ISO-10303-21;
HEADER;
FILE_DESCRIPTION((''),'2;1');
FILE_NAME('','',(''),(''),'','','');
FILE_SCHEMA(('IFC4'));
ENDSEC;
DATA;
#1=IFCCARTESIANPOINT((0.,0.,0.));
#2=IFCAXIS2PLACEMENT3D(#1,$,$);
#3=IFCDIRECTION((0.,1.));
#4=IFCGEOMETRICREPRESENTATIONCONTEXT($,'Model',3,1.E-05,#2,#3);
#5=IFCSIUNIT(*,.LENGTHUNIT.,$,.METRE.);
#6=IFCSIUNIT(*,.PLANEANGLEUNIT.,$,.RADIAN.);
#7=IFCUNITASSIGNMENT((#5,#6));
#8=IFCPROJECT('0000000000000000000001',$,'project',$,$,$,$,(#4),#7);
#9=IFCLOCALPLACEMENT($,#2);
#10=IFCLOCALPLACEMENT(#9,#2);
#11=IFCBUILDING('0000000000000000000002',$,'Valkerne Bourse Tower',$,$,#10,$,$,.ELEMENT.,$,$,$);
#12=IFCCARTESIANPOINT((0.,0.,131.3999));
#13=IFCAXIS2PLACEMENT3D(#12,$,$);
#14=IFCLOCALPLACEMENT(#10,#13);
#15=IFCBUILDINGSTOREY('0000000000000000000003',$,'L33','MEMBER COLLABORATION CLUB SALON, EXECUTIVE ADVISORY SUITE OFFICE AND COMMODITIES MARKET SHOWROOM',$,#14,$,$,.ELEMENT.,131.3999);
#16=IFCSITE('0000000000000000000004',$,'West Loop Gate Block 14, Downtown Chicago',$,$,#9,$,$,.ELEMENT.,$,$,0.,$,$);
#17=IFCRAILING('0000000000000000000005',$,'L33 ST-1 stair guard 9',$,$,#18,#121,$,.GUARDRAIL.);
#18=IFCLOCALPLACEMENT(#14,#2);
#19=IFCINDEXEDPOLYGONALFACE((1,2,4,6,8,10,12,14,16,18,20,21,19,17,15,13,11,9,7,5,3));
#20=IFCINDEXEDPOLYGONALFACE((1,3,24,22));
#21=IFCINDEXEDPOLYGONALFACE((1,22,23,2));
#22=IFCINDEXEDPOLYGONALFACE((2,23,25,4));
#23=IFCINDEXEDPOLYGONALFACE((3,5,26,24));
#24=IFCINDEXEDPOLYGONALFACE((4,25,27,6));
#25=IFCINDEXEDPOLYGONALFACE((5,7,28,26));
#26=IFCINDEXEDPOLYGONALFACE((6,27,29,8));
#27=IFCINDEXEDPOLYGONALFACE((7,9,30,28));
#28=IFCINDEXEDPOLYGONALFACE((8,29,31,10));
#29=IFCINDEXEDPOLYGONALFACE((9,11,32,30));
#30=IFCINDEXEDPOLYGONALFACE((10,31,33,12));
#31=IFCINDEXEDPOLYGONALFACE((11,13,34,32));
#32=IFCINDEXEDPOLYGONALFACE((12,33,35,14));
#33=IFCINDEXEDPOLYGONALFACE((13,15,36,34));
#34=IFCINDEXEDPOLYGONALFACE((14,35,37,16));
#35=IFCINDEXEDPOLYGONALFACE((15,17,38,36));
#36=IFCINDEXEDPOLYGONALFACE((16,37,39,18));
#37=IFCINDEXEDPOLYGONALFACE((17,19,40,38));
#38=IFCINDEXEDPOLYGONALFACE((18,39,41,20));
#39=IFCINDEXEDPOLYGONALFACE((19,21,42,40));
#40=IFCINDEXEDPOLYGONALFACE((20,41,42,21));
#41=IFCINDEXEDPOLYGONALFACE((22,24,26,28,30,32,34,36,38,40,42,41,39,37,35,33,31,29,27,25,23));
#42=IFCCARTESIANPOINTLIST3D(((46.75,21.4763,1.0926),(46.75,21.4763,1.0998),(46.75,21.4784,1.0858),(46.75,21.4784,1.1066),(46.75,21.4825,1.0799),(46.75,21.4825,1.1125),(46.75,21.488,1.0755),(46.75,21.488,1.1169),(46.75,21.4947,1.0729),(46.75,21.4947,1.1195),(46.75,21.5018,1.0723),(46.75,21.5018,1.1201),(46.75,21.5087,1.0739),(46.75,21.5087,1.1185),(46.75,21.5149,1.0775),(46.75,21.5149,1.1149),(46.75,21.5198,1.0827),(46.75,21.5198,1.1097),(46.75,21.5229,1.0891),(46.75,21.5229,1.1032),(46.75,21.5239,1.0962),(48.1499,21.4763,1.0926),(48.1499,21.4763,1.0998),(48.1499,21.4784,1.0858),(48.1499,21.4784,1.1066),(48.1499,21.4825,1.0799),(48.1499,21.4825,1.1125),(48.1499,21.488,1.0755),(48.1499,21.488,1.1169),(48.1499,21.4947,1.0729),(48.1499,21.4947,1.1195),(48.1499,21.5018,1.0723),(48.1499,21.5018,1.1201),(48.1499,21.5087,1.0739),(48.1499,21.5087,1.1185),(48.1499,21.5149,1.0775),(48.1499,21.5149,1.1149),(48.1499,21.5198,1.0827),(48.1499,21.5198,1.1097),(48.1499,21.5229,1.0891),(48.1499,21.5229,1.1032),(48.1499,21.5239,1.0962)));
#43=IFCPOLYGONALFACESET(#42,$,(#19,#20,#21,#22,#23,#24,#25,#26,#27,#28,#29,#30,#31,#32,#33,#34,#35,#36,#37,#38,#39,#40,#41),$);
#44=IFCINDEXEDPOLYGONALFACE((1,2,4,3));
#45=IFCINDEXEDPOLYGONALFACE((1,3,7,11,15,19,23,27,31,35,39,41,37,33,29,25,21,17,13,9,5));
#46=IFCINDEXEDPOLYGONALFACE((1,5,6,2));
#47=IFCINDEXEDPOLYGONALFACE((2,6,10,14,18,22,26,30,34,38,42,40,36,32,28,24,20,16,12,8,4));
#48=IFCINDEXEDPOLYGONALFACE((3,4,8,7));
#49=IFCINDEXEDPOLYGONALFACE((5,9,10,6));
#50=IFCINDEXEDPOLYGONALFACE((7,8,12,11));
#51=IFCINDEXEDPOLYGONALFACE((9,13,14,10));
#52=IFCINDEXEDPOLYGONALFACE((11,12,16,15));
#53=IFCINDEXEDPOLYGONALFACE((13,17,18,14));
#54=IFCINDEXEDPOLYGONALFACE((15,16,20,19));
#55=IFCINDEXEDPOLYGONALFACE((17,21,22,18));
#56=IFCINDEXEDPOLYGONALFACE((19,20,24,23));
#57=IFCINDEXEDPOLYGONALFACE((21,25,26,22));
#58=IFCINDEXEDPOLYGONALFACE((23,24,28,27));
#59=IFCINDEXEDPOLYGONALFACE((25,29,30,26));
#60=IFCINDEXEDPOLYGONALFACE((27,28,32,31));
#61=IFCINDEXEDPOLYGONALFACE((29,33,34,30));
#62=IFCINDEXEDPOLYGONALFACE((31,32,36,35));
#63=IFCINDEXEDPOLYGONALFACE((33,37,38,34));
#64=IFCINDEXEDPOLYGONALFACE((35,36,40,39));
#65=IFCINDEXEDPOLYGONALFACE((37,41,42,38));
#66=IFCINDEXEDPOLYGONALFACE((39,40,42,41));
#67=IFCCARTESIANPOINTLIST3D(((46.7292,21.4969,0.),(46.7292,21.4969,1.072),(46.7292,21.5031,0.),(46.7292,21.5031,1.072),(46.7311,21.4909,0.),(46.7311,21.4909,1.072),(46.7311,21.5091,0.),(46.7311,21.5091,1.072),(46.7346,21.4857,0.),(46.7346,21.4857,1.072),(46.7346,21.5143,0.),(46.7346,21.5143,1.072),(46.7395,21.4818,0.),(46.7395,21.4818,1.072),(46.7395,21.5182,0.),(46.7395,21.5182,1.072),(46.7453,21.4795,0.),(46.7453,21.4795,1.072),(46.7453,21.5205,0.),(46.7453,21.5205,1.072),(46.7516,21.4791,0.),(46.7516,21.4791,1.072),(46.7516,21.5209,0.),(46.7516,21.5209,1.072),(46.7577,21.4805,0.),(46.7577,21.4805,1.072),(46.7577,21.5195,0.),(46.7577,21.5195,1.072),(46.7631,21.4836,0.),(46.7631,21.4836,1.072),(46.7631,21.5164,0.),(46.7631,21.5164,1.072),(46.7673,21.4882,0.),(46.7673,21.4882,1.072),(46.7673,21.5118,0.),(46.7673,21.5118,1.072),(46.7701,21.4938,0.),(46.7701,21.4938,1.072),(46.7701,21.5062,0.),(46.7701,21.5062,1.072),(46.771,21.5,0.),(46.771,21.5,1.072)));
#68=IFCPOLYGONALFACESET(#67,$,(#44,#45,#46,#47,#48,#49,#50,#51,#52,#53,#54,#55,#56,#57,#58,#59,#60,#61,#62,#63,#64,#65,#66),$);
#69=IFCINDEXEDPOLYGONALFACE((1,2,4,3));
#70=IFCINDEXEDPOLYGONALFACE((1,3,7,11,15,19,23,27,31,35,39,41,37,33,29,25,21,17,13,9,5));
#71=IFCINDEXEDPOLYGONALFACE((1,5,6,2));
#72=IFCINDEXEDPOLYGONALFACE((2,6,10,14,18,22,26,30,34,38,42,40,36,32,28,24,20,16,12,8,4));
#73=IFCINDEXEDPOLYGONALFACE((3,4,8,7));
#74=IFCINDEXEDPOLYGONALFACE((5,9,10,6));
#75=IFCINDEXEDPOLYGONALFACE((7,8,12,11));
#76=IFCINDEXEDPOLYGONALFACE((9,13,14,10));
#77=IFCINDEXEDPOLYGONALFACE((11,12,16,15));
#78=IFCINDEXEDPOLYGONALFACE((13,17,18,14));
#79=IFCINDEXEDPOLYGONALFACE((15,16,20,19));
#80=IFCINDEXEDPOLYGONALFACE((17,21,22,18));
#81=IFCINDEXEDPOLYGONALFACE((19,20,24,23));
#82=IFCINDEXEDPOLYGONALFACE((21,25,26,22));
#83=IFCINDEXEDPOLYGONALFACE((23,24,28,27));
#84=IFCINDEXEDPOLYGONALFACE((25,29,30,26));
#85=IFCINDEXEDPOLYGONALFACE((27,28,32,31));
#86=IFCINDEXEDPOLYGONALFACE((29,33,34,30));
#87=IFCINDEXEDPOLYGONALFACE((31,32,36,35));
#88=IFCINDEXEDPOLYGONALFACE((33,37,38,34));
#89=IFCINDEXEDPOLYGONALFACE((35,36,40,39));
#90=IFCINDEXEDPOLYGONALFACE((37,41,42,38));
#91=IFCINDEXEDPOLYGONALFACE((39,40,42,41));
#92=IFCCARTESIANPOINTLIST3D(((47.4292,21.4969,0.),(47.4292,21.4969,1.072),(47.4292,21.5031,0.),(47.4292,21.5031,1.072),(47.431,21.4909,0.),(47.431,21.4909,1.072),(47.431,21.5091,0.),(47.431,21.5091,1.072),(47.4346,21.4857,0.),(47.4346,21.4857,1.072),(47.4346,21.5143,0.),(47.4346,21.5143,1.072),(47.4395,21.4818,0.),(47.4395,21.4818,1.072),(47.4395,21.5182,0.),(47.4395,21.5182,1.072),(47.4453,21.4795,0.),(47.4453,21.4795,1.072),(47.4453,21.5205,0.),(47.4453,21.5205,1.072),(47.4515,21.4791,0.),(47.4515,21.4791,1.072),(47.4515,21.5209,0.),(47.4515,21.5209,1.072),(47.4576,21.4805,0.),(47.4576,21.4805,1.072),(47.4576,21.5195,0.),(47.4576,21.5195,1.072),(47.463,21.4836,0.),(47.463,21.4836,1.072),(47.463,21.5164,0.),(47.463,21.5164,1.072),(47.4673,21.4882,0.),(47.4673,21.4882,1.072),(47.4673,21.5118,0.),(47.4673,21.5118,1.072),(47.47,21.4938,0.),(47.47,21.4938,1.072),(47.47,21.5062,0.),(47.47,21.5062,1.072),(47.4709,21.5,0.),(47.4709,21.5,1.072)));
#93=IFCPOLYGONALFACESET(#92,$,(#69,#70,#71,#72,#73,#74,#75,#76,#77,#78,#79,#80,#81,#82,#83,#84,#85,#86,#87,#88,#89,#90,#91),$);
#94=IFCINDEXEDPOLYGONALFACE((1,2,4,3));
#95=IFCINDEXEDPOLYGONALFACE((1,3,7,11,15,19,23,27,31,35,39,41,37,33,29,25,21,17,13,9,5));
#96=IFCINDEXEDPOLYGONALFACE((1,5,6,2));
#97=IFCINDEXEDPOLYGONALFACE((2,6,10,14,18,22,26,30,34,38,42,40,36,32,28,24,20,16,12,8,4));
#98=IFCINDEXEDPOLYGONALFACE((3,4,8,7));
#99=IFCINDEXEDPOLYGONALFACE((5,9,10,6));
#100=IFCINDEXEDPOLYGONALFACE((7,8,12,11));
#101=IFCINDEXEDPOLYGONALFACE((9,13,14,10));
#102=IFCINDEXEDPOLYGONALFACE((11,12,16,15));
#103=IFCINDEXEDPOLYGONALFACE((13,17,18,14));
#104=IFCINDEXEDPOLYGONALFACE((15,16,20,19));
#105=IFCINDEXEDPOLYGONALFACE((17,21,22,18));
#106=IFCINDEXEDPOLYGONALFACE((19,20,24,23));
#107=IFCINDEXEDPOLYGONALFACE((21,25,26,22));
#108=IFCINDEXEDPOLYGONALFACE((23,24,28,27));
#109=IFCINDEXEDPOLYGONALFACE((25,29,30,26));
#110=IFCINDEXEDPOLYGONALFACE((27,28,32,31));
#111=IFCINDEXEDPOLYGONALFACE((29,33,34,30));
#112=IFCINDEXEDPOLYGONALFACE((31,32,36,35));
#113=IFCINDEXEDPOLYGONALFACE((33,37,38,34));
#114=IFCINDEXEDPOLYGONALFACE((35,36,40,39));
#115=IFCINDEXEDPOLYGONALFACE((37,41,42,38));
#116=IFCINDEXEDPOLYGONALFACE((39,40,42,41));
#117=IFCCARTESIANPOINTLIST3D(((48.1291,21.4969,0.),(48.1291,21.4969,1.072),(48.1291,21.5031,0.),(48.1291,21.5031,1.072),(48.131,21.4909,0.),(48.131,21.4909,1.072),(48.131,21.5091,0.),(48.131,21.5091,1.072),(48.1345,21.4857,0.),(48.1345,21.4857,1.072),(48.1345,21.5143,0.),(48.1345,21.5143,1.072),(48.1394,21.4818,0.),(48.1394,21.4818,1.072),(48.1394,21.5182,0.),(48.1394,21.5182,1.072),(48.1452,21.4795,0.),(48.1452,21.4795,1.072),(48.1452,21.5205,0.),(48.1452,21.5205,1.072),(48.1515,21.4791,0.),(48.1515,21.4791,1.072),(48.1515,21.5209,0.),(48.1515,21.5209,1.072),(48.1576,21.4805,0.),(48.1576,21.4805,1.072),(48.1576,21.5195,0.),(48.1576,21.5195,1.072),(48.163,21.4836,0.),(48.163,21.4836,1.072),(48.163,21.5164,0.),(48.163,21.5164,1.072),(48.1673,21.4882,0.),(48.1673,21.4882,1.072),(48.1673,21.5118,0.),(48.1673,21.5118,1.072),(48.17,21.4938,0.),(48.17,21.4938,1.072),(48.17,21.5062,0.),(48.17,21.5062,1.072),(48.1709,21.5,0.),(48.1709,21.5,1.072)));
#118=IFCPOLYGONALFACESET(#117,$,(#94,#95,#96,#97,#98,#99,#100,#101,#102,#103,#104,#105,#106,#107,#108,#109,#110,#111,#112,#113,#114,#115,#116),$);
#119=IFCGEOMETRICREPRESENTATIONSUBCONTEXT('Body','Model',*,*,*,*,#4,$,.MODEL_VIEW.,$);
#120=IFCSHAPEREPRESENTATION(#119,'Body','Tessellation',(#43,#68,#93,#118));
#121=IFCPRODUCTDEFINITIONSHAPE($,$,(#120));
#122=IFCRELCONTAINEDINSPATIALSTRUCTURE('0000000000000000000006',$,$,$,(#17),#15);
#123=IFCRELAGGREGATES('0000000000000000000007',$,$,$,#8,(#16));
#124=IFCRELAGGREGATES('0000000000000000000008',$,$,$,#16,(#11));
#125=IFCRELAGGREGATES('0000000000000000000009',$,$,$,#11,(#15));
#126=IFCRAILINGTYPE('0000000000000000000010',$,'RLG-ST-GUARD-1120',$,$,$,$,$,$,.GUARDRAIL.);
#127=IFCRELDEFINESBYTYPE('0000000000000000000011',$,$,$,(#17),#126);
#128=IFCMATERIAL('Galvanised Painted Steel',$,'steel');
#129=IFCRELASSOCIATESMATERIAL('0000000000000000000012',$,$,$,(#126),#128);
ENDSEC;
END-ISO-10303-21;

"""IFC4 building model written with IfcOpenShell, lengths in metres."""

from ifc_helpers import new_model, si_unit, direction, frame, origin, origin_2d, place, context, subcontext, project, spatial, circle, extrude, material, type_object, element, save


model = new_model("IFC4")

# Units and contexts
model_context = context("Model", 3, precision=1e-05, world=origin(), true_north=direction((0.0, 1.0)))
body_context = subcontext(model_context, "Body", "Model", "MODEL_VIEW")
ifc_project = project(units=[si_unit("LENGTHUNIT", "METRE"), si_unit("PLANEANGLEUNIT", "RADIAN")], contexts=[model_context])

# Site, building, storey
site_placement = place(None, origin())
site = spatial("IfcSite", under=ifc_project, at=site_placement, Name="West Loop Gate Block 14, Downtown Chicago", CompositionType="ELEMENT", RefElevation=0.0)
building_placement = place(site_placement, origin())
building = spatial("IfcBuilding", under=site, at=building_placement, Name="Valkerne Bourse Tower", CompositionType="ELEMENT")
storey_placement = place(building_placement, frame((0.0, 0.0, 131.3999)))
storey = spatial("IfcBuildingStorey", under=building, at=storey_placement, Name="L33", Description="MEMBER COLLABORATION CLUB SALON, EXECUTIVE ADVISORY SUITE OFFICE AND COMMODITIES MARKET SHOWROOM", CompositionType="ELEMENT", Elevation=131.3999)

# Shared definitions
ifc_material_1 = material(Name="Galvanised Painted Steel", Category="steel")

# Railing
railing_type = type_object("IfcRailingType", Name="RLG-ST-GUARD-1120", PredefinedType="GUARDRAIL", material=ifc_material_1)
for number, where, name in (
    (1, (46.75, 21.5, 0.0), "L33 ST-1 stair guard 9"),
):
    element("IfcRailing", number, at=place(storey_placement, frame(where)), inside=storey, type_object=railing_type, Name=name, PredefinedType="GUARDRAIL", context=body_context, shape_type="SweptSolid", body=[
        extrude(circle(Radius=0.0239, at=origin_2d()), frame((0.0, 0.0, 1.0962), z_axis=(1.0, 0.0, 0.0), x_axis=(0.0, 1.0, 0.0)), (0.0, 0.0, 1.0), 1.3999),
        extrude(circle(Radius=0.021, at=origin_2d()), origin(), (0.0, 0.0, 1.0), 1.072),
        extrude(circle(Radius=0.021, at=origin_2d()), frame((0.7, 0.0, 0.0)), (0.0, 0.0, 1.0), 1.072),
        extrude(circle(Radius=0.021, at=origin_2d()), frame((1.3999, 0.0, 0.0)), (0.0, 0.0, 1.0), 1.072),
    ])

save(model, "model.ifc")
